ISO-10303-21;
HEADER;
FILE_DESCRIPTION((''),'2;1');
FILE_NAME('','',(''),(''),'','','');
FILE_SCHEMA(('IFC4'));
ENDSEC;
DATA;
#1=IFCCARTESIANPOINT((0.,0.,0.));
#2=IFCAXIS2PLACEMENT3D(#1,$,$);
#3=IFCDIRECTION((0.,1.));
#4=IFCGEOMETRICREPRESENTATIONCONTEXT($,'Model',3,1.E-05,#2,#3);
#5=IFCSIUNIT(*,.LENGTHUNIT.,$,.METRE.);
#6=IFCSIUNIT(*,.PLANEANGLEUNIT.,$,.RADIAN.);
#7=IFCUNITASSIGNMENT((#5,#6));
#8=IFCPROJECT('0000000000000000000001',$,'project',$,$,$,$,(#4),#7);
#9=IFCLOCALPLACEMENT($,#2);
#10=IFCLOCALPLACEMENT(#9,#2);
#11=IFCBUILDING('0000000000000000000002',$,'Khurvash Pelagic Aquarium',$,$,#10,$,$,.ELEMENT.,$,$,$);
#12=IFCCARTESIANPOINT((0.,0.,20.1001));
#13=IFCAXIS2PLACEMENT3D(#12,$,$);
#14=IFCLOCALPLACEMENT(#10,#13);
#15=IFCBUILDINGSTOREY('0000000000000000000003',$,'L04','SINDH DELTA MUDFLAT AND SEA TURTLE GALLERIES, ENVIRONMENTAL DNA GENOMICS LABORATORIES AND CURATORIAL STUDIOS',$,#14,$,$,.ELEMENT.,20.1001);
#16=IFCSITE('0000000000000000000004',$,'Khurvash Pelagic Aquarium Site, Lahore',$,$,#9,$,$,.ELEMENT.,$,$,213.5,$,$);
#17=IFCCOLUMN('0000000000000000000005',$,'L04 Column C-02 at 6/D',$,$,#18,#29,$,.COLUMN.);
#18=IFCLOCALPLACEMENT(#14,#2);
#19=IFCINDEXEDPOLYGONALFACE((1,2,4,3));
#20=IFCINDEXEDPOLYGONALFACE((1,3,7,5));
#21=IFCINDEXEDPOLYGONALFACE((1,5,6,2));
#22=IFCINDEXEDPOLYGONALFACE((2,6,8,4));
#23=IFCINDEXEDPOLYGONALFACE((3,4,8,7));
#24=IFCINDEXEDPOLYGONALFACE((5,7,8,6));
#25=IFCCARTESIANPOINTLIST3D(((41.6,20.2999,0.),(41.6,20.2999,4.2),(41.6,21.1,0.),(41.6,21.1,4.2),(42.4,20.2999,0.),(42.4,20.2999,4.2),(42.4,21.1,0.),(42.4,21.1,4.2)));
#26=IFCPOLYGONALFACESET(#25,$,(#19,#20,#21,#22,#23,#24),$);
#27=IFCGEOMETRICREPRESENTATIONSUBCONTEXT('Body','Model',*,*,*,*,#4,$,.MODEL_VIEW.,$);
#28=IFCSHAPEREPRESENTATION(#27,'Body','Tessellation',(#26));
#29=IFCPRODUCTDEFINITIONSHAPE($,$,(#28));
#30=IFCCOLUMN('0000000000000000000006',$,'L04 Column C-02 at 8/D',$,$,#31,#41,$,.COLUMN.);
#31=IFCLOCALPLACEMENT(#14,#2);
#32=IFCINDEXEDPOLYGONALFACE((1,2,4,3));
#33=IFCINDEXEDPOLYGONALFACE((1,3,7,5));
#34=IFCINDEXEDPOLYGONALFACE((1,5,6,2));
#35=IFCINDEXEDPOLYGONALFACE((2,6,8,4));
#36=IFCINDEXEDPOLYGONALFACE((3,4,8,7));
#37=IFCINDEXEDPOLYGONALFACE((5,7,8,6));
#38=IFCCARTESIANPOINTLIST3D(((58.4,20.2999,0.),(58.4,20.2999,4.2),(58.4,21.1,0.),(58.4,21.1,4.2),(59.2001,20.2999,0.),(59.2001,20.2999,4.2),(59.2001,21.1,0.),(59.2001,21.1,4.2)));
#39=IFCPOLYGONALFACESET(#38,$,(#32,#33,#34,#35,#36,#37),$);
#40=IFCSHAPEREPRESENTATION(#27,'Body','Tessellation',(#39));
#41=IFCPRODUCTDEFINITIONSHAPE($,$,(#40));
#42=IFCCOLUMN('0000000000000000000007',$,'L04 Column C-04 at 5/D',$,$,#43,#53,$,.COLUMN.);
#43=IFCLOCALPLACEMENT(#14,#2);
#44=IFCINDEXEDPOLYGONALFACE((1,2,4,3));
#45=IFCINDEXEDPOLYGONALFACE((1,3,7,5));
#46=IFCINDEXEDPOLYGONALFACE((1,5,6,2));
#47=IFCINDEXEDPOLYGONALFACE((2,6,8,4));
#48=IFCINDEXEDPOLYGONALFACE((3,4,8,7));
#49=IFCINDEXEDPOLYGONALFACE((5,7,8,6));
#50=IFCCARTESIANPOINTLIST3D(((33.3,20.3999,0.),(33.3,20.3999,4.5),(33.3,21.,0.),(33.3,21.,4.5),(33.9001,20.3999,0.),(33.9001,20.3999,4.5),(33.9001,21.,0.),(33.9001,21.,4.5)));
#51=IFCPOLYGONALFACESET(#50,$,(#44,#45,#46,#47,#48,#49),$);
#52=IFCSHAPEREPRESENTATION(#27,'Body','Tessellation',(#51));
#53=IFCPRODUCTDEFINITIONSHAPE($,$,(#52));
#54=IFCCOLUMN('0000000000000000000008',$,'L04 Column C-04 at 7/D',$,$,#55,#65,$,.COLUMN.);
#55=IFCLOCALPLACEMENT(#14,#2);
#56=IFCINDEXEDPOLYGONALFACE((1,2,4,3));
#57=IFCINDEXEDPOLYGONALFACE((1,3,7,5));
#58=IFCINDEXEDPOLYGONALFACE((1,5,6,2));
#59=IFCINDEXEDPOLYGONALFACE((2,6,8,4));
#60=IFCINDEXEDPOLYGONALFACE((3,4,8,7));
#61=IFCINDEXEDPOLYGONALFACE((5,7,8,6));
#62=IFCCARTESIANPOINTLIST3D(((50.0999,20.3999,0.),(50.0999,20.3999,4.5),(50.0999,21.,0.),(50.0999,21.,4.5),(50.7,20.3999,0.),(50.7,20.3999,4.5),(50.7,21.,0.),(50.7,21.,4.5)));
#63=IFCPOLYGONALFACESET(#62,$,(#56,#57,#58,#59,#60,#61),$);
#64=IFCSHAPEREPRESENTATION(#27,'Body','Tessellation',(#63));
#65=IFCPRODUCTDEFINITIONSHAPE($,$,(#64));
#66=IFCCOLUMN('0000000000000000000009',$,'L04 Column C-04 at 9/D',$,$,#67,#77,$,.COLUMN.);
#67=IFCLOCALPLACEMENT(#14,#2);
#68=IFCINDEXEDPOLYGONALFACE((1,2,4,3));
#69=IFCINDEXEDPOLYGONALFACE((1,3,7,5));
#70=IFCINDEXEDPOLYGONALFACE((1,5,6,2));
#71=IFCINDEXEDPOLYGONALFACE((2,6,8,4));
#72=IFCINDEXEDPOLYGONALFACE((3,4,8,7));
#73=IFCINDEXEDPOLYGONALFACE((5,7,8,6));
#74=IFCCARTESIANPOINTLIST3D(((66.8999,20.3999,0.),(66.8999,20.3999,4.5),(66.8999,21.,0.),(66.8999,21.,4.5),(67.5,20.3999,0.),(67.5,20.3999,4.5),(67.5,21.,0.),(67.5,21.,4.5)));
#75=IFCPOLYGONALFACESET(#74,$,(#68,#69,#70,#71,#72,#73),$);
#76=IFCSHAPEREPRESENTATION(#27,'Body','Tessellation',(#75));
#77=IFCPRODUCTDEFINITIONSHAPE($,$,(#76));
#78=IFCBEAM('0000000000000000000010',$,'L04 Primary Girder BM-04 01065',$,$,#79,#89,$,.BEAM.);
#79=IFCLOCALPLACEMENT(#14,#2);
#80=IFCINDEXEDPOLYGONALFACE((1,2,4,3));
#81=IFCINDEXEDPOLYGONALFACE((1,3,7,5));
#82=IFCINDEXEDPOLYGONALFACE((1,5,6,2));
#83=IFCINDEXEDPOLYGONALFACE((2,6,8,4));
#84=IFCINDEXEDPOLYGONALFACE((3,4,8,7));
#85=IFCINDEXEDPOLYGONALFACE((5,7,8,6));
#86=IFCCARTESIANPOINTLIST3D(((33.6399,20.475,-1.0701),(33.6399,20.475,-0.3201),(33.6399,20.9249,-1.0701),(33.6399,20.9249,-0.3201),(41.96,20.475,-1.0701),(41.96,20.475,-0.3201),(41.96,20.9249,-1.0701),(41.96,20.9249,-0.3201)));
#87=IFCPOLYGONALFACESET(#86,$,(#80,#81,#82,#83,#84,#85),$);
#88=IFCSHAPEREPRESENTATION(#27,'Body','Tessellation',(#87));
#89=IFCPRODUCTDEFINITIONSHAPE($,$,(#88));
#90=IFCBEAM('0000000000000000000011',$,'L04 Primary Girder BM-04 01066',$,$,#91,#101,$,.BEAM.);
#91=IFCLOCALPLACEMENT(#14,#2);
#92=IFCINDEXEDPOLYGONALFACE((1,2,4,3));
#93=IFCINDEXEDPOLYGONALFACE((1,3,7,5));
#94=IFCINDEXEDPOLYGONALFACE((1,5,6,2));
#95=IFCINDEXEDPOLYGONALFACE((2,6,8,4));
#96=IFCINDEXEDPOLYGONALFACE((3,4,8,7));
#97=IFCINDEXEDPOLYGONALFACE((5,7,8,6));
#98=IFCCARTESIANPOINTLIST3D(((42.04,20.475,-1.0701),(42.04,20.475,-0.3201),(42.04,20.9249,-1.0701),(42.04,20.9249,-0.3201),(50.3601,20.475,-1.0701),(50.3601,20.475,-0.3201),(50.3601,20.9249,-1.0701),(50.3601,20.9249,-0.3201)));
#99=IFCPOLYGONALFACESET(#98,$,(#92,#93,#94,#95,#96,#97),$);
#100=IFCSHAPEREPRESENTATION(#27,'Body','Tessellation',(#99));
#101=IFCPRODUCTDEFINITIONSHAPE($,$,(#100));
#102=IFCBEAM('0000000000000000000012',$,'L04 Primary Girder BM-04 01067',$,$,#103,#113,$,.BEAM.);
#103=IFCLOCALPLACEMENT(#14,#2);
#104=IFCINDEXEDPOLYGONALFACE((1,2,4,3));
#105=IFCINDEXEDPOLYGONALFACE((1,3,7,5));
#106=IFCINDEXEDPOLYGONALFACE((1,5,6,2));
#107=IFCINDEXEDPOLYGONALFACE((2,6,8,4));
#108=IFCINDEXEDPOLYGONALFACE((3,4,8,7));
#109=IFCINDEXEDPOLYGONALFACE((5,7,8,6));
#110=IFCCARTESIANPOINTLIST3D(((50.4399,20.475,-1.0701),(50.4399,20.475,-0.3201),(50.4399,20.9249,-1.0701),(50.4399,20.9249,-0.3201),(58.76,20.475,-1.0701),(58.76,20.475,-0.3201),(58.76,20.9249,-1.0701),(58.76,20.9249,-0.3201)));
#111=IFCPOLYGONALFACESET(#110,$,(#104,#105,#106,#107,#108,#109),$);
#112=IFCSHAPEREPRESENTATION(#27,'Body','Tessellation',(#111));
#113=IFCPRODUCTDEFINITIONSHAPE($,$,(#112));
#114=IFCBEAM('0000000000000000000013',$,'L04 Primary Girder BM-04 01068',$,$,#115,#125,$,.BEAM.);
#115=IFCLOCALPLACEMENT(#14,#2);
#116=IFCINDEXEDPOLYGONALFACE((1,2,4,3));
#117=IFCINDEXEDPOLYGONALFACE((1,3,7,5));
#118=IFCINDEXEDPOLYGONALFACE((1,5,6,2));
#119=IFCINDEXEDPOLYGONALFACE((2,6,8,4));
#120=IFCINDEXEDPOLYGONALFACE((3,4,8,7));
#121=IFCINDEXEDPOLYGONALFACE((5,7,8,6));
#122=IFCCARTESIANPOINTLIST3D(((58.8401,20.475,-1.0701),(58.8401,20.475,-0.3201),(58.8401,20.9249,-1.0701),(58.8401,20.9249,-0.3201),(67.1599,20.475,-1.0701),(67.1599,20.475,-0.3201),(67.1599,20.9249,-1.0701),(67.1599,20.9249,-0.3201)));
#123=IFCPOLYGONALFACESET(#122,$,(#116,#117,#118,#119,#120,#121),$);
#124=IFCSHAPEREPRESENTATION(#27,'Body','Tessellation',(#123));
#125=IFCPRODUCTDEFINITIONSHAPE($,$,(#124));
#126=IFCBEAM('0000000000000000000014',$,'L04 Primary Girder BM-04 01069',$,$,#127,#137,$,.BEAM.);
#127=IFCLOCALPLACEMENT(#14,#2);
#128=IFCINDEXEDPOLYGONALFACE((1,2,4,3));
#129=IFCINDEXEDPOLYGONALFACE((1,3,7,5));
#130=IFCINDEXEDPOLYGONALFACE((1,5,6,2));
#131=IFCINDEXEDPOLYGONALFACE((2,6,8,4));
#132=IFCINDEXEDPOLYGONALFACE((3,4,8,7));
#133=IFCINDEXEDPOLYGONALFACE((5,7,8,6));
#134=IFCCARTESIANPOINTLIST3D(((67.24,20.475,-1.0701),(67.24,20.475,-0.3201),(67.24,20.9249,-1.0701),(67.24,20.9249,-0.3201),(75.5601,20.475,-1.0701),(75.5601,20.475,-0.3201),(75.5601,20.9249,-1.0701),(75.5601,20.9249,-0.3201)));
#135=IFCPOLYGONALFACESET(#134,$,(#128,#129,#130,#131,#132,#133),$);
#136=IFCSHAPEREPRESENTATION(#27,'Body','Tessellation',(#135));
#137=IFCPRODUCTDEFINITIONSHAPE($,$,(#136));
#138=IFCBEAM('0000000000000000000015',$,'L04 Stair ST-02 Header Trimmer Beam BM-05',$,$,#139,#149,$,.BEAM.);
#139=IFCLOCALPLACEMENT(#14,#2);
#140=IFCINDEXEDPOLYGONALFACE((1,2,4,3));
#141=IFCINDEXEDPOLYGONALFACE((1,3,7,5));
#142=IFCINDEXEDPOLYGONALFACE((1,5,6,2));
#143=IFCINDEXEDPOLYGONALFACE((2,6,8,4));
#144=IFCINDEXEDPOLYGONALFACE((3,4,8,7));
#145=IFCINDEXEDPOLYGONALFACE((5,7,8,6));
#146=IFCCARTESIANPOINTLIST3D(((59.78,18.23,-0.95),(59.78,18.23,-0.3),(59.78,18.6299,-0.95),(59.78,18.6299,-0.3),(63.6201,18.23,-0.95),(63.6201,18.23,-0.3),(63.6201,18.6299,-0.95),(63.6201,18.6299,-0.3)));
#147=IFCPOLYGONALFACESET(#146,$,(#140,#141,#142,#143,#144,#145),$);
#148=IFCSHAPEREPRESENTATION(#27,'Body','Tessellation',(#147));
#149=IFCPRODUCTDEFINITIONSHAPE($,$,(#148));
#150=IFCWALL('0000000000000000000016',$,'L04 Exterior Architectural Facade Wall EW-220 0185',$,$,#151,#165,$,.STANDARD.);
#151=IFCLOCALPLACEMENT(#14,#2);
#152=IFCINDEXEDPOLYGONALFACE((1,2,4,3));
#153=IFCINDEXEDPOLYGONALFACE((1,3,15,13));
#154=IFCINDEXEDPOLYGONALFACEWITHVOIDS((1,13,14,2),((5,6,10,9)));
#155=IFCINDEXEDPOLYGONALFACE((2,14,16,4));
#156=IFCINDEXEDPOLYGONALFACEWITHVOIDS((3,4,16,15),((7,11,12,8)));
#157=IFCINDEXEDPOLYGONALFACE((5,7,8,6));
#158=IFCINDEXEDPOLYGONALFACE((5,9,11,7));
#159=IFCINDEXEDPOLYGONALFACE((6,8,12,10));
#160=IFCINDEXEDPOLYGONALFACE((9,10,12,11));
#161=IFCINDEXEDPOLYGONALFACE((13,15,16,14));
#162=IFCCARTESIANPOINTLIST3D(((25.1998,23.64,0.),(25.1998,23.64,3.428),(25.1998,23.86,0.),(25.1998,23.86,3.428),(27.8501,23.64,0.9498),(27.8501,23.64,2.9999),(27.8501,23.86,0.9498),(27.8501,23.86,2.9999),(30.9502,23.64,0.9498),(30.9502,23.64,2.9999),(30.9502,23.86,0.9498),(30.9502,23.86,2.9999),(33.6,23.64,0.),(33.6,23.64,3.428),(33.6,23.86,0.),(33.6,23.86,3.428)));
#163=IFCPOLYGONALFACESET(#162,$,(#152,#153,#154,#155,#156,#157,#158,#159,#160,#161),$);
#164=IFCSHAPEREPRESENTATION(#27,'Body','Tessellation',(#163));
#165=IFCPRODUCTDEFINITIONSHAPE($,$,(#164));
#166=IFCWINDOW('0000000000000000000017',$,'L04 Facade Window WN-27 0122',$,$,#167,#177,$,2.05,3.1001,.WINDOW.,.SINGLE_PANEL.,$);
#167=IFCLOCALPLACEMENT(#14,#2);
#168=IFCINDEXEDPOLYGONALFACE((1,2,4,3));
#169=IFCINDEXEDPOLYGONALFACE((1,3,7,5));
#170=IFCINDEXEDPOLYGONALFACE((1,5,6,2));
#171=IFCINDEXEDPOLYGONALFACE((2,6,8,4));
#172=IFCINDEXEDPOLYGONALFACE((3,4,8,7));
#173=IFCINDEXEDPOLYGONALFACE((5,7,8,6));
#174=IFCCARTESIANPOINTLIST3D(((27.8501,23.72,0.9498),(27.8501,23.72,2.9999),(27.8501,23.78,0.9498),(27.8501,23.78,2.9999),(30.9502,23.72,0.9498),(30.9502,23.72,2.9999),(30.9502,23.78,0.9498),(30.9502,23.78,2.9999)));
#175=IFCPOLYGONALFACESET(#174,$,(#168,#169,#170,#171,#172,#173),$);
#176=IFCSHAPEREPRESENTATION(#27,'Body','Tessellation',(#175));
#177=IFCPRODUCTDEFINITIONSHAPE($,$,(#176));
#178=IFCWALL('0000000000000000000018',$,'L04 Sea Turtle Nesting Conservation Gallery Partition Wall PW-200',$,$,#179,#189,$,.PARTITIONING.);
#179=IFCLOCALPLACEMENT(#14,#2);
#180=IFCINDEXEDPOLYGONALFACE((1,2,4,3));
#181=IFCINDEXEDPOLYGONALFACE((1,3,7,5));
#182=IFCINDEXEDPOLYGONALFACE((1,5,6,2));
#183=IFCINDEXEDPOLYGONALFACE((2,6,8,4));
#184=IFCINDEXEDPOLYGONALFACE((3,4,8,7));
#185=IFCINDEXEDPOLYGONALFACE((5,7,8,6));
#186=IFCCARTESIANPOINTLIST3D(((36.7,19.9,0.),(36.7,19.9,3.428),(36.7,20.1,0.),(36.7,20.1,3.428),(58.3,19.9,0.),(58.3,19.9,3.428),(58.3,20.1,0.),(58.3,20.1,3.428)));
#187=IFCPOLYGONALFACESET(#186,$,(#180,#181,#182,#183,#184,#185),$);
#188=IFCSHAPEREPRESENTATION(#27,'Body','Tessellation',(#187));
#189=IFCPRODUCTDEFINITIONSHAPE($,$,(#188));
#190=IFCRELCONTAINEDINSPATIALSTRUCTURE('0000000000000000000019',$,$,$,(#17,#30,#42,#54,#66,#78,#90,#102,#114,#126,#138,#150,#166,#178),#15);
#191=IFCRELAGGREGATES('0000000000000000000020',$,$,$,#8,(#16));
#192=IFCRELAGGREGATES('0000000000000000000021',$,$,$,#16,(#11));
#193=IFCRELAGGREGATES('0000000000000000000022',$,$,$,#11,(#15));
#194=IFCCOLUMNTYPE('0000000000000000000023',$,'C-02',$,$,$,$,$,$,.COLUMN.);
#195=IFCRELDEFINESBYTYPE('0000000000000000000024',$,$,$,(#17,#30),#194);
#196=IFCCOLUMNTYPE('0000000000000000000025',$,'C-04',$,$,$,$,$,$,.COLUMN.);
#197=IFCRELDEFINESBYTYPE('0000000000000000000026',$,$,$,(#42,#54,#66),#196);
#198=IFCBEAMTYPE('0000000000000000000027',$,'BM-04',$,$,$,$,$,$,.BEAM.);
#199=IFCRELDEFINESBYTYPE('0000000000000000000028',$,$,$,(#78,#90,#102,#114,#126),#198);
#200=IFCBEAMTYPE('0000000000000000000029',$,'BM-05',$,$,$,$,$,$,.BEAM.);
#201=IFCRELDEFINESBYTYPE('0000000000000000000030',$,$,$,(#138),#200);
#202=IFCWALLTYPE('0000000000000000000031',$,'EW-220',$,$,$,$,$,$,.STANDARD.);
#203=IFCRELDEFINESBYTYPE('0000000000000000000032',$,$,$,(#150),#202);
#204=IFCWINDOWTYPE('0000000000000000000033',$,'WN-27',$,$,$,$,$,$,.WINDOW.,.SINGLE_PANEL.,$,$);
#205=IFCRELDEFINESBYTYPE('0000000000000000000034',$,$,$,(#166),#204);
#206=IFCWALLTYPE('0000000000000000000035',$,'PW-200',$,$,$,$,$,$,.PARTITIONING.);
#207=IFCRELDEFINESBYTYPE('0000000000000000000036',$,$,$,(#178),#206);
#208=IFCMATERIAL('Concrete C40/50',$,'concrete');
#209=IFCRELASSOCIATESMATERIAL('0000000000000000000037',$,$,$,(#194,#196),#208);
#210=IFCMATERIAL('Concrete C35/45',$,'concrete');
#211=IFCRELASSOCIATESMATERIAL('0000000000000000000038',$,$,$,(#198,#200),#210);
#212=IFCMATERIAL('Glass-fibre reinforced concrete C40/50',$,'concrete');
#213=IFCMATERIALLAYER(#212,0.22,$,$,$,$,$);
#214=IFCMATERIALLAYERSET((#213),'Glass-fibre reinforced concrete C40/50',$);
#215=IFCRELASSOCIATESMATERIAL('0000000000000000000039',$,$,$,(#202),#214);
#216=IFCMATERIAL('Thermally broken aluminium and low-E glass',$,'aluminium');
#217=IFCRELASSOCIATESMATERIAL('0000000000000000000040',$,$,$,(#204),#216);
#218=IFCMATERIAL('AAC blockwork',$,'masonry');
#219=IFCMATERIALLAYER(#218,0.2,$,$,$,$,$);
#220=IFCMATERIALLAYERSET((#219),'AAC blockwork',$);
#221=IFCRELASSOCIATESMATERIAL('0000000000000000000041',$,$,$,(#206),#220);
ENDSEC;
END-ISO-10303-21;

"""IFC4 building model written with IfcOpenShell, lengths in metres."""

from ifc_helpers import new_model, si_unit, direction, frame, frame_2d, origin, origin_2d, place, context, subcontext, project, spatial, rectangle, extrude, material, layer, layer_set, material_profile, profile_set, type_object, element, fill, save


model = new_model("IFC4")

# Units and contexts
model_context = context("Model", 3, precision=1e-05, world=origin(), true_north=direction((0.0, 1.0)))
body_context = subcontext(model_context, "Body", "Model", "MODEL_VIEW")
ifc_project = project(units=[si_unit("LENGTHUNIT", "METRE"), si_unit("PLANEANGLEUNIT", "RADIAN")], contexts=[model_context])

# Site, building, storey
site_placement = place(None, origin())
site = spatial("IfcSite", under=ifc_project, at=site_placement, Name="Khurvash Pelagic Aquarium Site, Lahore", CompositionType="ELEMENT", RefElevation=213.5)
building_placement = place(site_placement, origin())
building = spatial("IfcBuilding", under=site, at=building_placement, Name="Khurvash Pelagic Aquarium", CompositionType="ELEMENT")
storey_placement = place(building_placement, frame((0.0, 0.0, 20.1001)))
storey = spatial("IfcBuildingStorey", under=building, at=storey_placement, Name="L04", Description="SINDH DELTA MUDFLAT AND SEA TURTLE GALLERIES, ENVIRONMENTAL DNA GENOMICS LABORATORIES AND CURATORIAL STUDIOS", CompositionType="ELEMENT", Elevation=20.1001)

# Columns
ifc_material_1 = material(Name="Concrete C40/50", Category="concrete")
ifc_material_profile_1 = material_profile(ifc_material_1, rectangle(XDim=0.8, YDim=0.8, at=origin_2d()), Name="RC800X800")
ifc_profile_set_1 = profile_set([ifc_material_profile_1], Name="Concrete C40/50")
column_type_1 = type_object("IfcColumnType", Name="C-02", PredefinedType="COLUMN", material=ifc_profile_set_1)
for number, where, z_axis, x_axis, name in (
    (1, (42.0, 20.7, 0.0), (0.0, 0.0, 1.0), (1.0, 0.0, 0.0), "L04 Column C-02 at 6/D"),
    (2, (58.8, 20.7, 0.0), (0.0, 0.0, 1.0), (1.0, 0.0, 0.0), "L04 Column C-02 at 8/D"),
):
    element("IfcColumn", number, at=place(storey_placement, frame(where, z_axis=z_axis, x_axis=x_axis)), inside=storey, type_object=column_type_1, Name=name, PredefinedType="COLUMN", context=body_context, shape_type="SweptSolid", body=[
        extrude(rectangle(XDim=0.8, YDim=0.8, at=origin_2d()), origin(), (0.0, 0.0, 1.0), 4.2),
    ])
ifc_material_profile_2 = material_profile(ifc_material_1, rectangle(XDim=0.6001, YDim=0.6001, at=origin_2d()), Name="RC600X600")
ifc_profile_set_2 = profile_set([ifc_material_profile_2], Name="Concrete C40/50")
column_type_2 = type_object("IfcColumnType", Name="C-04", PredefinedType="COLUMN", material=ifc_profile_set_2)
for number, where, z_axis, x_axis, name in (
    (3, (33.6001, 20.7, 0.0), (0.0, 0.0, 1.0), (1.0, 0.0, 0.0), "L04 Column C-04 at 5/D"),
    (4, (50.3999, 20.7, 0.0), (0.0, 0.0, 1.0), (1.0, 0.0, 0.0), "L04 Column C-04 at 7/D"),
    (5, (67.2, 20.7, 0.0), (0.0, 0.0, 1.0), (1.0, 0.0, 0.0), "L04 Column C-04 at 9/D"),
):
    element("IfcColumn", number, at=place(storey_placement, frame(where, z_axis=z_axis, x_axis=x_axis)), inside=storey, type_object=column_type_2, Name=name, PredefinedType="COLUMN", context=body_context, shape_type="SweptSolid", body=[
        extrude(rectangle(XDim=0.6001, YDim=0.6001, at=origin_2d()), origin(), (0.0, 0.0, 1.0), 4.5),
    ])

# Beams
ifc_material_2 = material(Name="Concrete C35/45", Category="concrete")
ifc_material_profile_3 = material_profile(ifc_material_2, rectangle(XDim=0.45, YDim=0.75, at=origin_2d()), Name="RC450X750")
ifc_profile_set_3 = profile_set([ifc_material_profile_3], Name="Concrete C35/45")
beam_type_1 = type_object("IfcBeamType", Name="BM-04", PredefinedType="BEAM", material=ifc_profile_set_3)
for number, where, z_axis, x_axis, name in (
    (6, (33.6399, 20.7, -0.6951), (1.0, 0.0, 0.0), (0.0, 1.0, 0.0), "L04 Primary Girder BM-04 01065"),
    (7, (42.04, 20.7, -0.6951), (1.0, 0.0, 0.0), (0.0, 1.0, 0.0), "L04 Primary Girder BM-04 01066"),
    (8, (50.4399, 20.7, -0.6951), (1.0, 0.0, 0.0), (0.0, 1.0, 0.0), "L04 Primary Girder BM-04 01067"),
):
    element("IfcBeam", number, at=place(storey_placement, frame(where, z_axis=z_axis, x_axis=x_axis)), inside=storey, type_object=beam_type_1, Name=name, PredefinedType="BEAM", context=body_context, shape_type="SweptSolid", body=[
        extrude(rectangle(XDim=0.45, YDim=0.75, at=origin_2d()), origin(), (0.0, 0.0, 1.0), 8.3201),
    ])
beam_1_placement = place(storey_placement, frame((58.8401, 20.7, -0.6951), z_axis=(1.0, 0.0, 0.0), x_axis=(0.0, 1.0, 0.0)))
element("IfcBeam", 9, at=beam_1_placement, inside=storey, type_object=beam_type_1, Name="L04 Primary Girder BM-04 01068", PredefinedType="BEAM", context=body_context, shape_type="SweptSolid", body=[
    extrude(rectangle(XDim=0.45, YDim=0.75, at=origin_2d()), origin(), (0.0, 0.0, 1.0), 8.3198),
])
beam_2_placement = place(storey_placement, frame((67.24, 20.7, -0.6951), z_axis=(1.0, 0.0, 0.0), x_axis=(0.0, 1.0, 0.0)))
element("IfcBeam", 10, at=beam_2_placement, inside=storey, type_object=beam_type_1, Name="L04 Primary Girder BM-04 01069", PredefinedType="BEAM", context=body_context, shape_type="SweptSolid", body=[
    extrude(rectangle(XDim=0.45, YDim=0.75, at=origin_2d()), origin(), (0.0, 0.0, 1.0), 8.3201),
])
ifc_material_profile_4 = material_profile(ifc_material_2, rectangle(XDim=0.3999, YDim=0.6499, at=origin_2d()), Name="RC400X650")
ifc_profile_set_4 = profile_set([ifc_material_profile_4], Name="Concrete C35/45")
beam_type_2 = type_object("IfcBeamType", Name="BM-05", PredefinedType="BEAM", material=ifc_profile_set_4)
beam_3_placement = place(storey_placement, frame((59.78, 18.4299, -0.625), z_axis=(1.0, 0.0, 0.0), x_axis=(0.0, 1.0, 0.0)))
element("IfcBeam", 11, at=beam_3_placement, inside=storey, type_object=beam_type_2, Name="L04 Stair ST-02 Header Trimmer Beam BM-05", PredefinedType="BEAM", context=body_context, shape_type="SweptSolid", body=[
    extrude(rectangle(XDim=0.3999, YDim=0.6499, at=origin_2d()), origin(), (0.0, 0.0, 1.0), 3.8401),
])

# Wall, opening, window
ifc_material_3 = material(Name="Glass-fibre reinforced concrete C40/50", Category="concrete")
ifc_layer_1 = layer(ifc_material_3, 0.22)
ifc_layer_set_1 = layer_set([ifc_layer_1], Name="Glass-fibre reinforced concrete C40/50")
wall_type_1 = type_object("IfcWallType", Name="EW-220", PredefinedType="STANDARD", material=ifc_layer_set_1)
wall_1_placement = place(storey_placement, frame((33.6001, 23.75, 0.0), z_axis=(0.0, 0.0, 1.0), x_axis=(-1.0, 0.0, 0.0)))
wall_1 = element("IfcWall", 12, at=wall_1_placement, inside=storey, type_object=wall_type_1, Name="L04 Exterior Architectural Facade Wall EW-220 0185", PredefinedType="STANDARD", context=body_context, shape_type="SweptSolid", body=[
    extrude(rectangle(XDim=8.4001, YDim=0.22, at=frame_2d((4.2002, 0.0))), origin(), (0.0, 0.0, 1.0), 3.428),
])
opening_1_placement = place(wall_1_placement, frame((2.6499, 0.0, 0.95)))
opening_1 = element("IfcOpeningElement", 13, at=opening_1_placement, cuts=wall_1, PredefinedType="OPENING", context=body_context, shape_type="SweptSolid", body=[
    extrude(rectangle(XDim=3.1001, YDim=2.05, at=frame_2d((1.55, 1.0249))), frame((0.0, 0.1201, 0.0), z_axis=(0.0, -1.0, 0.0), x_axis=(1.0, 0.0, 0.0)), (0.0, 0.0, 1.0), 0.24),
])
ifc_material_4 = material(Name="Thermally broken aluminium and low-E glass", Category="aluminium")
window_type = type_object("IfcWindowType", Name="WN-27", PartitioningType="SINGLE_PANEL", PredefinedType="WINDOW", material=ifc_material_4)
window_placement = place(opening_1_placement, origin())
window = element("IfcWindow", 14, at=window_placement, inside=storey, type_object=window_type, Name="L04 Facade Window WN-27 0122", OverallHeight=2.05, OverallWidth=3.1001, PartitioningType="SINGLE_PANEL", PredefinedType="WINDOW", context=body_context, shape_type="SweptSolid", body=[
    extrude(rectangle(XDim=3.1001, YDim=2.05, at=frame_2d((1.55, 1.0249))), frame((0.0, 0.03, 0.0), z_axis=(0.0, -1.0, 0.0), x_axis=(1.0, 0.0, 0.0)), (0.0, 0.0, 1.0), 0.0601),
])
fill(opening_1, window)

# Wall
ifc_material_5 = material(Name="AAC blockwork", Category="masonry")
ifc_layer_2 = layer(ifc_material_5, 0.2)
ifc_layer_set_2 = layer_set([ifc_layer_2], Name="AAC blockwork")
wall_type_2 = type_object("IfcWallType", Name="PW-200", PredefinedType="PARTITIONING", material=ifc_layer_set_2)
wall_2_placement = place(storey_placement, frame((36.7, 20.0, 0.0), z_axis=(0.0, 0.0, 1.0), x_axis=(1.0, 0.0, 0.0)))
element("IfcWall", 15, at=wall_2_placement, inside=storey, type_object=wall_type_2, Name="L04 Sea Turtle Nesting Conservation Gallery Partition Wall PW-200", PredefinedType="PARTITIONING", context=body_context, shape_type="SweptSolid", body=[
    extrude(rectangle(XDim=21.6001, YDim=0.2, at=frame_2d((10.8, 0.0))), origin(), (0.0, 0.0, 1.0), 3.428),
])

save(model, "model.ifc")
